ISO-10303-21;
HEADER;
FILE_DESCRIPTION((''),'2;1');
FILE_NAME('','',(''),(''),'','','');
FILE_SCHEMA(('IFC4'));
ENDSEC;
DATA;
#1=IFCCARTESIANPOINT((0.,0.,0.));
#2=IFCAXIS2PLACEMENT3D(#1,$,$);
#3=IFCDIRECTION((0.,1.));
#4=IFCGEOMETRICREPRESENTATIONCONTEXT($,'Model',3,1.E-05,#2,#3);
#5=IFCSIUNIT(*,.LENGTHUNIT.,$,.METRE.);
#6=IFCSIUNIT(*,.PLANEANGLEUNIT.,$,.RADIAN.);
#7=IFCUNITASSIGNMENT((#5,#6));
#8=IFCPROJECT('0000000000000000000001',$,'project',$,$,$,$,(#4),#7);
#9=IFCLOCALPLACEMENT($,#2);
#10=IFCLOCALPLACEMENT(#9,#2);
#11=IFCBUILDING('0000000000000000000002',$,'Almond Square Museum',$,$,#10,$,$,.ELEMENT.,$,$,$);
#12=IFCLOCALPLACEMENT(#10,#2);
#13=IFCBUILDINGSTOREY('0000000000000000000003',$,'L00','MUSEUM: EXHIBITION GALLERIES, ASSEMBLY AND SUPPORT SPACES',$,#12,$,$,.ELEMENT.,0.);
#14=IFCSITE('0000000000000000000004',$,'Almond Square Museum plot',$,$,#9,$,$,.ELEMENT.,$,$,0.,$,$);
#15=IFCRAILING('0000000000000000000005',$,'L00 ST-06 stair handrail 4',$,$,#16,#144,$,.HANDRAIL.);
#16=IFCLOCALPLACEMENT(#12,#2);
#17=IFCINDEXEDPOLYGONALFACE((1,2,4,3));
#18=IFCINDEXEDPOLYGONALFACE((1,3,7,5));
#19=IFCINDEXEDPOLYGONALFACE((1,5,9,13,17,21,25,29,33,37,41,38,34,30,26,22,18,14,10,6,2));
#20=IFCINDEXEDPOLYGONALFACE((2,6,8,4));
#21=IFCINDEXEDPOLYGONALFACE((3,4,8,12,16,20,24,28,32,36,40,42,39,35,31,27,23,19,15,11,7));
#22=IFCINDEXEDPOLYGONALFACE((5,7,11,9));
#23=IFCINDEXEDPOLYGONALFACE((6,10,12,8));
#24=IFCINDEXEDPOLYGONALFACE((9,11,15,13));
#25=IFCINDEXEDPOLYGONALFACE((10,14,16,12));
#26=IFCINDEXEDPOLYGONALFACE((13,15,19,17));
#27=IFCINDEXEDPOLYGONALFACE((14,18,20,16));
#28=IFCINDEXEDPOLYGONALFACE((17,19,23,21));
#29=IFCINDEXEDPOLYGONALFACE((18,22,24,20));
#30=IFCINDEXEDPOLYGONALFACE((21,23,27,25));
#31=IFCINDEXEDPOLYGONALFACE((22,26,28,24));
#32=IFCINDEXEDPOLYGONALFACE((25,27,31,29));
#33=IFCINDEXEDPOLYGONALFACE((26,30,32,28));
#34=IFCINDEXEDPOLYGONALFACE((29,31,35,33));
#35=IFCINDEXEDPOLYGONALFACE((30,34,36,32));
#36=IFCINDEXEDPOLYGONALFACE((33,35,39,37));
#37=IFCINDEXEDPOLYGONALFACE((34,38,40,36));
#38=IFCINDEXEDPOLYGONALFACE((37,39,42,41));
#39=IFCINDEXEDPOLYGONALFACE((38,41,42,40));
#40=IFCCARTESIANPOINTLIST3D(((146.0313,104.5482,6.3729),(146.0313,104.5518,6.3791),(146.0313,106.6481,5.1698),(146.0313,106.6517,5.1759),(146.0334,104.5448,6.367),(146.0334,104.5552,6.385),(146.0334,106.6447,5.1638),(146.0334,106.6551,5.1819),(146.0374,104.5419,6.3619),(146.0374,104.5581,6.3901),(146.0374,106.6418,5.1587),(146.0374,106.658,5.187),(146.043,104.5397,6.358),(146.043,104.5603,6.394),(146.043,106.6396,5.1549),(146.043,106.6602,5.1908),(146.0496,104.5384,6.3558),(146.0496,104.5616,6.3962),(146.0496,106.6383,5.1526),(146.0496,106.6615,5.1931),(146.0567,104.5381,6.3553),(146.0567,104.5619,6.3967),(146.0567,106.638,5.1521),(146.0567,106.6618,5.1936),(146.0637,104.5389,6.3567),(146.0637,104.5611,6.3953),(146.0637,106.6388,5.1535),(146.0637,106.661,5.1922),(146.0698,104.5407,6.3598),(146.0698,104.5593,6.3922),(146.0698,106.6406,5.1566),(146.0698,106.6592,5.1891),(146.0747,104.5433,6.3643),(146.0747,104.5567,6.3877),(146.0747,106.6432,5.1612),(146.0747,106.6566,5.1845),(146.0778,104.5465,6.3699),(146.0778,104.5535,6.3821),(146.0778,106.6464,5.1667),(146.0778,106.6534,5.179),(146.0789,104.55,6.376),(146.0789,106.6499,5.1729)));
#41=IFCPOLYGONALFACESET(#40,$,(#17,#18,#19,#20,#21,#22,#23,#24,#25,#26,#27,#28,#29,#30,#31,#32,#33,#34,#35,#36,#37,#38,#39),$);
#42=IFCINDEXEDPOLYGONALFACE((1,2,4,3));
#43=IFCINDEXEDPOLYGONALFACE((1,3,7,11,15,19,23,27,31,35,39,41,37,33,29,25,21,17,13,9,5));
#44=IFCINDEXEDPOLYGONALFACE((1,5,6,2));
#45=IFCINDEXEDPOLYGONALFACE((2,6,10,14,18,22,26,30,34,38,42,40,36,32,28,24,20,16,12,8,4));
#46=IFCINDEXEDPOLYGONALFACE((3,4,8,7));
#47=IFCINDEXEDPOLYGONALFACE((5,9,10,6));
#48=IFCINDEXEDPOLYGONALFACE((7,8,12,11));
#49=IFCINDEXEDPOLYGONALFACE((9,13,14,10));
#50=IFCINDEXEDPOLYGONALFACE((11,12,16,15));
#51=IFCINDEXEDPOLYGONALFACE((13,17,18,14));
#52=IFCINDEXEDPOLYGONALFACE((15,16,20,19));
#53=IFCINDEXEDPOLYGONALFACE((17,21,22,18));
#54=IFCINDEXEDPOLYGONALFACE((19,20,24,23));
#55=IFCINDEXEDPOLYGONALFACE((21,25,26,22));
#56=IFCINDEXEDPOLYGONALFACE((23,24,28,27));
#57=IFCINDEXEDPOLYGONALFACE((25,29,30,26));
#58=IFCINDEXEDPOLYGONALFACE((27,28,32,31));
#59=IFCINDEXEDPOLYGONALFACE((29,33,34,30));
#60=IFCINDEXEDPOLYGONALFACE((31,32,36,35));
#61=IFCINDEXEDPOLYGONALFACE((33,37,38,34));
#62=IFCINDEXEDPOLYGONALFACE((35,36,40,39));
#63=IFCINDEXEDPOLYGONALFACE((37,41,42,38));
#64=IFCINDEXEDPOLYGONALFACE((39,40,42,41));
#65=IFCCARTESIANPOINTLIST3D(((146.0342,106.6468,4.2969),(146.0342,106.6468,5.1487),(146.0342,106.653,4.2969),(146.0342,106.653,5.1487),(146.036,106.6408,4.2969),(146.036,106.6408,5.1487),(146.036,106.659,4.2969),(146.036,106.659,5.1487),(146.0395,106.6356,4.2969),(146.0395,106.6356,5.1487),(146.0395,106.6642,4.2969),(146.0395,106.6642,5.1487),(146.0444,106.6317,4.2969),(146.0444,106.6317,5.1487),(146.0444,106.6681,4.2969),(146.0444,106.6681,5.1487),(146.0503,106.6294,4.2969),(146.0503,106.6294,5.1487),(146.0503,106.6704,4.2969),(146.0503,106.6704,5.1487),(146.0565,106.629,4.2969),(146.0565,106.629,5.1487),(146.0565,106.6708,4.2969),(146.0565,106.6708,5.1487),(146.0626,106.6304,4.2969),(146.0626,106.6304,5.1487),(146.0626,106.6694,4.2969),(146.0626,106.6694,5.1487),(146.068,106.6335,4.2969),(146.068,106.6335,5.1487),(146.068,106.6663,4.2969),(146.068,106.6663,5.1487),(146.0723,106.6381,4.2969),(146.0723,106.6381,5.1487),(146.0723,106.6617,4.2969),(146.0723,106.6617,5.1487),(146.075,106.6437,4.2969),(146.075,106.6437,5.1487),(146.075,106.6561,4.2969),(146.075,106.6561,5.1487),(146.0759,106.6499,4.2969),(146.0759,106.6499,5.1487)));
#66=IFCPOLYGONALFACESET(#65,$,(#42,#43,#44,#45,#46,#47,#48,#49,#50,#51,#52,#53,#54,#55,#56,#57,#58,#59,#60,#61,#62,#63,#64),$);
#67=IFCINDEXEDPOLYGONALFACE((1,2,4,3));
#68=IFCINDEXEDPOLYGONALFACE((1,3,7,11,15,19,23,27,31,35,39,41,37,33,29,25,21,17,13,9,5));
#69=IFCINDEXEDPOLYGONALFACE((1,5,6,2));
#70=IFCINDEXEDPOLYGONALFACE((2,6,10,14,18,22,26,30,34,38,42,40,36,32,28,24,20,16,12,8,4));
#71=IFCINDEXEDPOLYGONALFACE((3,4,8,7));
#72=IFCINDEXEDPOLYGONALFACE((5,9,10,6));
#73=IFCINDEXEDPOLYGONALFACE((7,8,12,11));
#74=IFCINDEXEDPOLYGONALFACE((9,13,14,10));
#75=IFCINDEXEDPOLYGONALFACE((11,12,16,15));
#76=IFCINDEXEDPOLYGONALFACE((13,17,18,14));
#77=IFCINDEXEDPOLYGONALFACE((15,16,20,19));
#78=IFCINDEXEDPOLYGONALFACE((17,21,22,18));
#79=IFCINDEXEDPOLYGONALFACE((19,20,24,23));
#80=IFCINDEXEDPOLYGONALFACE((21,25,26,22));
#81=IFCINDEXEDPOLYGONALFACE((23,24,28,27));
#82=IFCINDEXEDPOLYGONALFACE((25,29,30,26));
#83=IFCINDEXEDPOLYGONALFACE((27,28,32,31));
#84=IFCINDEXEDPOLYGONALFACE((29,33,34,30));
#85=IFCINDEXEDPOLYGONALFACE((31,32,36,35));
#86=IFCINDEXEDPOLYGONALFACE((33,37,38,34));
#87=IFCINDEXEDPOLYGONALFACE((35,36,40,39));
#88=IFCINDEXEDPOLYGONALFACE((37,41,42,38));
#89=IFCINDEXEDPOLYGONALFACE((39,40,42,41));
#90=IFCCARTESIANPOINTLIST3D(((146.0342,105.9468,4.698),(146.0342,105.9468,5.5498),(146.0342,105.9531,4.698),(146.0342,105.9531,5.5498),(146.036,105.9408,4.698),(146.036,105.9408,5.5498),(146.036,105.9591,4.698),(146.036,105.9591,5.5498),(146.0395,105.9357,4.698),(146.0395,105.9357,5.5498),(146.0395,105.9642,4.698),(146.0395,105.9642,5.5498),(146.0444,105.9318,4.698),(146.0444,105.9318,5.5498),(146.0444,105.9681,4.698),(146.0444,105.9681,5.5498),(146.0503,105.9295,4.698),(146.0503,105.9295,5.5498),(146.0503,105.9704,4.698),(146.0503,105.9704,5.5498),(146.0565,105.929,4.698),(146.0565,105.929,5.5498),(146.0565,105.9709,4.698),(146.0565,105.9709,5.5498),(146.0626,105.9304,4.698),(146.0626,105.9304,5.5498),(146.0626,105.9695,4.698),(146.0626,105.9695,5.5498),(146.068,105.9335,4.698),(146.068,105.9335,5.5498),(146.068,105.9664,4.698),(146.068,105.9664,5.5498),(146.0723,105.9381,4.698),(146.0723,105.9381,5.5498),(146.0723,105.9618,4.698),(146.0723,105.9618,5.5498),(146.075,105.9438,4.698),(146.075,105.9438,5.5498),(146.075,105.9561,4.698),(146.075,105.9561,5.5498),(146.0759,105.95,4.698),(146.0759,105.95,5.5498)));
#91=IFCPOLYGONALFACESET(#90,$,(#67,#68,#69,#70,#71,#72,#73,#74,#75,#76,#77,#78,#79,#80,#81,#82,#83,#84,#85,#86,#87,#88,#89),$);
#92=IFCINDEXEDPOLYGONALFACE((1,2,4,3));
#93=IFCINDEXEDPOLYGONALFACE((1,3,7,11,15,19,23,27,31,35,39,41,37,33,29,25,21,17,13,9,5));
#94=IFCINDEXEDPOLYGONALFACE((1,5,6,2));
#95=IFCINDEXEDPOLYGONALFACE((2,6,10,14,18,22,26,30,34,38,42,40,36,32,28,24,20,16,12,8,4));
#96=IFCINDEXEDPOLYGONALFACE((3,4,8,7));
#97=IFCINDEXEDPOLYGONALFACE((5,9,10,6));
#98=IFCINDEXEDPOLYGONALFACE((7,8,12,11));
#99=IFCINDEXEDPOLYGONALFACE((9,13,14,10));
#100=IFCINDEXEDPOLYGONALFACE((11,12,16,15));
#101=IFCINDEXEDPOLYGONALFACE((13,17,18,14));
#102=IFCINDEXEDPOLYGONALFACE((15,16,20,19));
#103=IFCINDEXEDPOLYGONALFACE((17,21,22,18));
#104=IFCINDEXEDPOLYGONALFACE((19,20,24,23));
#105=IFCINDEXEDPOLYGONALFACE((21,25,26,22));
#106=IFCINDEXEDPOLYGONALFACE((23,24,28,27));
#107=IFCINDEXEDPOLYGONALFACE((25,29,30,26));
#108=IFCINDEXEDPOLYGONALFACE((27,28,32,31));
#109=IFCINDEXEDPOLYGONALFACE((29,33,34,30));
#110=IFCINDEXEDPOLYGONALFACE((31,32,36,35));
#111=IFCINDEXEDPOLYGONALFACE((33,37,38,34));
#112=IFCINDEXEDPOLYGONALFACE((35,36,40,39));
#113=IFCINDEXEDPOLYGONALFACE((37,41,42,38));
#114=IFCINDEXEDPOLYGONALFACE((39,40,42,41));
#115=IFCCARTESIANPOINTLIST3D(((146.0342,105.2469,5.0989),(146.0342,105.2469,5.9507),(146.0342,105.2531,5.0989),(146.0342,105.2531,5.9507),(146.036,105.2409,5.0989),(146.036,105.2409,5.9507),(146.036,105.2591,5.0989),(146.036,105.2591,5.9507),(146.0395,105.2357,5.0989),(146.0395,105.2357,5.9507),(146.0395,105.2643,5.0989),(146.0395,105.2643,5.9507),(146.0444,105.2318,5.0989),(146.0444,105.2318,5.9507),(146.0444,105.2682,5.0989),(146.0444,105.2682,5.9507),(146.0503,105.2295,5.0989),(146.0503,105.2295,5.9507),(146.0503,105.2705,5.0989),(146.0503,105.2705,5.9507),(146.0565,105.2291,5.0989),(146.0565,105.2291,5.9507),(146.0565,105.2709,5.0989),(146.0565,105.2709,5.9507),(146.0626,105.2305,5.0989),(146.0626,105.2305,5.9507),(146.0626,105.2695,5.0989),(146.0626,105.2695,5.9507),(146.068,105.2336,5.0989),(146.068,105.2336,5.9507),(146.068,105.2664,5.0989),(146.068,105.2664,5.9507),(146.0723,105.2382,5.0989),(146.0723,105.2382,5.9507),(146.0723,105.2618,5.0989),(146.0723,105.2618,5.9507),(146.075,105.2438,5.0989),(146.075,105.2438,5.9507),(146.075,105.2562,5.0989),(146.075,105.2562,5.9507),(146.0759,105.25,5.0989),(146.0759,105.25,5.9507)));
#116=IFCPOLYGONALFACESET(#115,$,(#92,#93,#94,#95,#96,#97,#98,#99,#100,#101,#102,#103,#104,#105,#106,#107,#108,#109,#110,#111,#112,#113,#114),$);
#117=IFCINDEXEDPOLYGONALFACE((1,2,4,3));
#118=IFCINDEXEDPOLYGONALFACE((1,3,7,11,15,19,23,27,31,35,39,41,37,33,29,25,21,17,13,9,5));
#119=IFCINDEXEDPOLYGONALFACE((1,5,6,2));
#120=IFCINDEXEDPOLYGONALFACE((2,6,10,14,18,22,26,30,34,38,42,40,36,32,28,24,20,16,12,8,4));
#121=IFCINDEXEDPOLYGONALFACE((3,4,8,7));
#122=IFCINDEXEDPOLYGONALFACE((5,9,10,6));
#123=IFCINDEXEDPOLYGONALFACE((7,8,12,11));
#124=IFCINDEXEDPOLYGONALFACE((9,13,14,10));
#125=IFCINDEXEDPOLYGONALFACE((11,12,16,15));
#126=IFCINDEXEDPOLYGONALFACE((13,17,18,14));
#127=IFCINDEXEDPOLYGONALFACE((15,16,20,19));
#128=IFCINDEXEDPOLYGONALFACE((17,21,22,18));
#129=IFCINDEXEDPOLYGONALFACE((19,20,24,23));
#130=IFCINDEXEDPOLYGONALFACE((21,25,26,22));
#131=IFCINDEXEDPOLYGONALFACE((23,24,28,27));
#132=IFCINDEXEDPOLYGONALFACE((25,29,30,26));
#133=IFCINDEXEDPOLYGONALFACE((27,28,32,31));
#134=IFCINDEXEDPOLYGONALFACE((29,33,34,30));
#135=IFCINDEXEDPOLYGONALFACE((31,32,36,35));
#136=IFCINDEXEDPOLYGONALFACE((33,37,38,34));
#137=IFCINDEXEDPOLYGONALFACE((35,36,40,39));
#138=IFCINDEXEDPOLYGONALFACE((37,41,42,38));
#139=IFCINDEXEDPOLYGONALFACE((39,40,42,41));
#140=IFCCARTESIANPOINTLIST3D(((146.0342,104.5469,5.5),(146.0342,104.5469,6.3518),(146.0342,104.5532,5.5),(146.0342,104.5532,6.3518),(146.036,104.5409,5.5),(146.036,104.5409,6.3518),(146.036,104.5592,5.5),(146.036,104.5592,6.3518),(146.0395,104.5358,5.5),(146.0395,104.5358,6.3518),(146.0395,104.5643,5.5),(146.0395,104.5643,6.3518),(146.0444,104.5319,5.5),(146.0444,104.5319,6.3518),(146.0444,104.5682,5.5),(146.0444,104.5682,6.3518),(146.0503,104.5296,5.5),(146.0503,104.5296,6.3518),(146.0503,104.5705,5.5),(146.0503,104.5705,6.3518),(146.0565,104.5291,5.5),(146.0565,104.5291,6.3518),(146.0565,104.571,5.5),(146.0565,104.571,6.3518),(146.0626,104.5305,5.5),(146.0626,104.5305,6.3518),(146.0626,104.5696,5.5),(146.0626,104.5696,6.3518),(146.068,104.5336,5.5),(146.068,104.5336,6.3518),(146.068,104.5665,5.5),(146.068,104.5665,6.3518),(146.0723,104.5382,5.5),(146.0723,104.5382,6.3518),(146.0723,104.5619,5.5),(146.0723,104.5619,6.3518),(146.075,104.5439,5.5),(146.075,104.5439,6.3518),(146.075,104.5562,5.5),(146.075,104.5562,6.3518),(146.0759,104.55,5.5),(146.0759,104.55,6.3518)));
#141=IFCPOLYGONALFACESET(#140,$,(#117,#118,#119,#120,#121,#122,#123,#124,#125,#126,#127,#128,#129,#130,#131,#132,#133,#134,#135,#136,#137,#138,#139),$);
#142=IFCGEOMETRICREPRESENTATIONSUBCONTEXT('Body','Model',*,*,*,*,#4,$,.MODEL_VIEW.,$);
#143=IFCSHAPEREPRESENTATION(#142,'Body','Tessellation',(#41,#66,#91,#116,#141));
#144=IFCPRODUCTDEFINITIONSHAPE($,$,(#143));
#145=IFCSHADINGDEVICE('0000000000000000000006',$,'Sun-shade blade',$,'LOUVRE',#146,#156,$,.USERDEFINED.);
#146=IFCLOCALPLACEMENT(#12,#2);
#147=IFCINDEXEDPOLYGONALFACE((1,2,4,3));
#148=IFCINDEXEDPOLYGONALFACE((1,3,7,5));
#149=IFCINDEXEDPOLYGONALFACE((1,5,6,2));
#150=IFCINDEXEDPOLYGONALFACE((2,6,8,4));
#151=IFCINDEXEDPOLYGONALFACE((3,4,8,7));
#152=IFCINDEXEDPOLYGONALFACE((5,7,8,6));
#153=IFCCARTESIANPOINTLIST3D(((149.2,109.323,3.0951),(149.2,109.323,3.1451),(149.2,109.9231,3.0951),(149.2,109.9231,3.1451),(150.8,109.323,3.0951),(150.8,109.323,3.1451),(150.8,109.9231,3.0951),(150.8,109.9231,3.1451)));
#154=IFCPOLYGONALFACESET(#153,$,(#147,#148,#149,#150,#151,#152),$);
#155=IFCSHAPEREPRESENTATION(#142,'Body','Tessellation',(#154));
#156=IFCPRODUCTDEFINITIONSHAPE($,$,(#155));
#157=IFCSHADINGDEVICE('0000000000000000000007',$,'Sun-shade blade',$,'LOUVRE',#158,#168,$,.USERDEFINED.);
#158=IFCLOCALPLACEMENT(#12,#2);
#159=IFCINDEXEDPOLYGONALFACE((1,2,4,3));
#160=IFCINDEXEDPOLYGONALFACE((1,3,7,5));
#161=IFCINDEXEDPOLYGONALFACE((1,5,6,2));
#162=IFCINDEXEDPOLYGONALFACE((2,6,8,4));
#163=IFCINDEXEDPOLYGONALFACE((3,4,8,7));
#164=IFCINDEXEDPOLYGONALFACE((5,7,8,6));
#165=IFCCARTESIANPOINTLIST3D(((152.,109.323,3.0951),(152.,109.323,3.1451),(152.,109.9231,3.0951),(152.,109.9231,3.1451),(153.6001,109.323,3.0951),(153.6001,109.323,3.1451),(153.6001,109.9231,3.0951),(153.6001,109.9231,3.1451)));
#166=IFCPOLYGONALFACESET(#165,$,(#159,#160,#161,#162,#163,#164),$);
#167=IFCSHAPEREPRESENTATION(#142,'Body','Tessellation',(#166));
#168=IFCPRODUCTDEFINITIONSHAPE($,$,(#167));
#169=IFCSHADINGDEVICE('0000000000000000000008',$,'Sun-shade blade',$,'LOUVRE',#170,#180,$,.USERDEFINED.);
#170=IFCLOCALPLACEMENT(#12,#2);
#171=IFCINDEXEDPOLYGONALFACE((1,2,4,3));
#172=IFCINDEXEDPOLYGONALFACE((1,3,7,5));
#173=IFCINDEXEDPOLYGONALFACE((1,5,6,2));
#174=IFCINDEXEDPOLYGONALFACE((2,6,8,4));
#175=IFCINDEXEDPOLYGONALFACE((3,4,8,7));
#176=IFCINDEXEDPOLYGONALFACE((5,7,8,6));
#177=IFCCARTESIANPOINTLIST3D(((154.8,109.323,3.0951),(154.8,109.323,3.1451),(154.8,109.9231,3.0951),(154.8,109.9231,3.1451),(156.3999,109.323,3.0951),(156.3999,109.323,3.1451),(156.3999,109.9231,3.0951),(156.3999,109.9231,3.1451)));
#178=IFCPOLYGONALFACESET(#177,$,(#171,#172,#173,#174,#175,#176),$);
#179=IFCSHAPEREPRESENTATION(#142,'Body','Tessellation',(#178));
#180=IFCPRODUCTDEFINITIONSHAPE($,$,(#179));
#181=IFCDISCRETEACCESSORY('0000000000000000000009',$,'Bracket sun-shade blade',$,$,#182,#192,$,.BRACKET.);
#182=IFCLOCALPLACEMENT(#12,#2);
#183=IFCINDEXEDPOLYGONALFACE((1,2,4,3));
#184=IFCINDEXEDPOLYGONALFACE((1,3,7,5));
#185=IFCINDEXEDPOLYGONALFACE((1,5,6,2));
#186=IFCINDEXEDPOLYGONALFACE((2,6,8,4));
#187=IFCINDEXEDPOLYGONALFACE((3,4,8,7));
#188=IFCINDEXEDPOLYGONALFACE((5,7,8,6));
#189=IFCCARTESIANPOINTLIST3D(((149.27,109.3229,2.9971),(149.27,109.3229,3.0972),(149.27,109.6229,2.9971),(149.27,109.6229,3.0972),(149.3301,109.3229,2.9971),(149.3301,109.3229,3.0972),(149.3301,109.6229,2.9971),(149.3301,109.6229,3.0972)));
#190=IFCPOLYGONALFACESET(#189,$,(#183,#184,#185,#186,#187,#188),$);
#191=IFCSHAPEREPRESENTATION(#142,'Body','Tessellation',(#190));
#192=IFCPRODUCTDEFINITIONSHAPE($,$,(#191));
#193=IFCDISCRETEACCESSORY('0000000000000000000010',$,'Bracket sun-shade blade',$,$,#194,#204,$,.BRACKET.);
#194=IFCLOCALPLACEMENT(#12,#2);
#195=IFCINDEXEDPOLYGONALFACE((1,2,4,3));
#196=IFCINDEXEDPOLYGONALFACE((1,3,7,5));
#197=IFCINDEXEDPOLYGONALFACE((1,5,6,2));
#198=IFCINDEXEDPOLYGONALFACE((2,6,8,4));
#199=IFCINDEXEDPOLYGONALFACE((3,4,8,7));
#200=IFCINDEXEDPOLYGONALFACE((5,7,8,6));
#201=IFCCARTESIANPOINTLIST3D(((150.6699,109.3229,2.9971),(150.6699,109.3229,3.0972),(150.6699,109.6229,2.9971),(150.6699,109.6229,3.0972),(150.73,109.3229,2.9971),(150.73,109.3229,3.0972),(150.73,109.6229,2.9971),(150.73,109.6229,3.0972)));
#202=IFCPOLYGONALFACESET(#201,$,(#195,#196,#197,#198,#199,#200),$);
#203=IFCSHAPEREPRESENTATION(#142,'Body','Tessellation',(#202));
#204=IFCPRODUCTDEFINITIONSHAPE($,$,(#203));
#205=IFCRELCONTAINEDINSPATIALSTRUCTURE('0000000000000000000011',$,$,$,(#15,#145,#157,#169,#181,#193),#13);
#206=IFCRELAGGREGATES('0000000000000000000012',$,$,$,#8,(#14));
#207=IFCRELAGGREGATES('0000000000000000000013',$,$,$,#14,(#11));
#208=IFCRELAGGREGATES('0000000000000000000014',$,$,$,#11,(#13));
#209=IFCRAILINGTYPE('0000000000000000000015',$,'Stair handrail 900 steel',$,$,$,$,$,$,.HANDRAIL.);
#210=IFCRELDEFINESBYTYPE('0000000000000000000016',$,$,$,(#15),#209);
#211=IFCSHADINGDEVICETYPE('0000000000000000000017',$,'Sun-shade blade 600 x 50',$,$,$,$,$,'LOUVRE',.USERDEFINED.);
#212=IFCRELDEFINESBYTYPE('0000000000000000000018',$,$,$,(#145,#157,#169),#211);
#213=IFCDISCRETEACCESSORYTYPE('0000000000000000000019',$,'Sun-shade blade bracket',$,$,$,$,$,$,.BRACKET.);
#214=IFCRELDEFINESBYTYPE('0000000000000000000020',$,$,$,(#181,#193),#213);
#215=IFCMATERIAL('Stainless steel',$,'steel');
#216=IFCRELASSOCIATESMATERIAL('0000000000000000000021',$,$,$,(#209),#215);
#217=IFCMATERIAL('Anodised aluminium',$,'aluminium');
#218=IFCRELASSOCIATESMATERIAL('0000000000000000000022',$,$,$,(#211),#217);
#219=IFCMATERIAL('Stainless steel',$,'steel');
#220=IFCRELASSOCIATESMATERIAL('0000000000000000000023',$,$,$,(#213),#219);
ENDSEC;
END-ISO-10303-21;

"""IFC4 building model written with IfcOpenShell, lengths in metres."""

from ifc_helpers import new_model, si_unit, direction, frame, origin, origin_2d, place, context, subcontext, project, spatial, rectangle, circle, extrude, material, material_profile, profile_set, type_object, element, save


model = new_model("IFC4")

# Units and contexts
model_context = context("Model", 3, precision=1e-05, world=origin(), true_north=direction((0.0, 1.0)))
body_context = subcontext(model_context, "Body", "Model", "MODEL_VIEW")
ifc_project = project(units=[si_unit("LENGTHUNIT", "METRE"), si_unit("PLANEANGLEUNIT", "RADIAN")], contexts=[model_context])

# Site, building, storey
site_placement = place(None, origin())
site = spatial("IfcSite", under=ifc_project, at=site_placement, Name="Almond Square Museum plot", CompositionType="ELEMENT", RefElevation=0.0)
building_placement = place(site_placement, origin())
building = spatial("IfcBuilding", under=site, at=building_placement, Name="Almond Square Museum", CompositionType="ELEMENT")
storey_placement = place(building_placement, origin())
storey = spatial("IfcBuildingStorey", under=building, at=storey_placement, Name="L00", Description="MUSEUM: EXHIBITION GALLERIES, ASSEMBLY AND SUPPORT SPACES", CompositionType="ELEMENT", Elevation=0.0)

# Railing
ifc_material_1 = material(Name="Stainless steel", Category="steel")
railing_type_1 = type_object("IfcRailingType", Name="Stair handrail 900 steel", PredefinedType="HANDRAIL", material=ifc_material_1)
for number, where, name in (
    (1, (146.0549, 106.6499, 4.2969), "L00 ST-06 stair handrail 4"),
):
    element("IfcRailing", number, at=place(storey_placement, frame(where)), inside=storey, type_object=railing_type_1, Name=name, PredefinedType="HANDRAIL", context=body_context, shape_type="SweptSolid", body=[
        extrude(circle(Radius=0.0239, at=origin_2d()), frame((0.0, 0.0, 0.876), z_axis=(0.0, -0.867671, 0.497138), x_axis=(1.0, 0.0, 0.0)), (0.0, 0.0, 1.0), 2.4202),
        extrude(circle(Radius=0.021, at=origin_2d()), origin(), (0.0, 0.0, 1.0), 0.8518),
        extrude(circle(Radius=0.021, at=origin_2d()), frame((0.0, -0.7, 0.4011)), (0.0, 0.0, 1.0), 0.8518),
        extrude(circle(Radius=0.021, at=origin_2d()), frame((0.0, -1.3999, 0.802)), (0.0, 0.0, 1.0), 0.8518),
        extrude(circle(Radius=0.021, at=origin_2d()), frame((0.0, -2.0999, 1.2031)), (0.0, 0.0, 1.0), 0.8518),
    ])

# Shading devices
ifc_material_2 = material(Name="Anodised aluminium", Category="aluminium")
ifc_material_profile_1 = material_profile(ifc_material_2, rectangle(XDim=0.6001, YDim=0.05, at=origin_2d()))
ifc_profile_set_1 = profile_set([ifc_material_profile_1], Name="Anodised aluminium")
shading_device_type = type_object("IfcShadingDeviceType", Name="Sun-shade blade 600 x 50", ElementType="LOUVRE", PredefinedType="USERDEFINED", material=ifc_profile_set_1)
for number, where, z_axis, x_axis, name in (
    (2, (149.2, 109.623, 3.1201), (1.0, 0.0, 0.0), (0.0, 1.0, 0.0), "Sun-shade blade"),
    (3, (152.0, 109.623, 3.1201), (1.0, 0.0, 0.0), (0.0, 1.0, 0.0), "Sun-shade blade"),
):
    element("IfcShadingDevice", number, at=place(storey_placement, frame(where, z_axis=z_axis, x_axis=x_axis)), inside=storey, type_object=shading_device_type, Name=name, ObjectType="LOUVRE", PredefinedType="USERDEFINED", context=body_context, shape_type="SweptSolid", body=[
        extrude(rectangle(XDim=0.6001, YDim=0.05, at=origin_2d()), origin(), (0.0, 0.0, 1.0), 1.6001),
    ])
shading_device_placement = place(storey_placement, frame((154.8, 109.623, 3.1201), z_axis=(1.0, 0.0, 0.0), x_axis=(0.0, 1.0, 0.0)))
element("IfcShadingDevice", 4, at=shading_device_placement, inside=storey, type_object=shading_device_type, Name="Sun-shade blade", ObjectType="LOUVRE", PredefinedType="USERDEFINED", context=body_context, shape_type="SweptSolid", body=[
    extrude(rectangle(XDim=0.6001, YDim=0.05, at=origin_2d()), origin(), (0.0, 0.0, 1.0), 1.5999),
])

# Discrete accessories
ifc_material_3 = material(Name="Stainless steel", Category="steel")
discrete_accessory_type = type_object("IfcDiscreteAccessoryType", Name="Sun-shade blade bracket", PredefinedType="BRACKET", material=ifc_material_3)
for number, where, z_axis, x_axis, name in (
    (5, (149.3, 109.4729, 2.9971), (0.0, 0.0, 1.0), (1.0, 0.0, 0.0), "Bracket sun-shade blade"),
    (6, (150.7, 109.4729, 2.9971), (0.0, 0.0, 1.0), (1.0, 0.0, 0.0), "Bracket sun-shade blade"),
):
    element("IfcDiscreteAccessory", number, at=place(storey_placement, frame(where, z_axis=z_axis, x_axis=x_axis)), inside=storey, type_object=discrete_accessory_type, Name=name, PredefinedType="BRACKET", context=body_context, shape_type="SweptSolid", body=[
        extrude(rectangle(XDim=0.0601, YDim=0.3, at=origin_2d()), origin(), (0.0, 0.0, 1.0), 0.1001),
    ])

save(model, "model.ifc")
